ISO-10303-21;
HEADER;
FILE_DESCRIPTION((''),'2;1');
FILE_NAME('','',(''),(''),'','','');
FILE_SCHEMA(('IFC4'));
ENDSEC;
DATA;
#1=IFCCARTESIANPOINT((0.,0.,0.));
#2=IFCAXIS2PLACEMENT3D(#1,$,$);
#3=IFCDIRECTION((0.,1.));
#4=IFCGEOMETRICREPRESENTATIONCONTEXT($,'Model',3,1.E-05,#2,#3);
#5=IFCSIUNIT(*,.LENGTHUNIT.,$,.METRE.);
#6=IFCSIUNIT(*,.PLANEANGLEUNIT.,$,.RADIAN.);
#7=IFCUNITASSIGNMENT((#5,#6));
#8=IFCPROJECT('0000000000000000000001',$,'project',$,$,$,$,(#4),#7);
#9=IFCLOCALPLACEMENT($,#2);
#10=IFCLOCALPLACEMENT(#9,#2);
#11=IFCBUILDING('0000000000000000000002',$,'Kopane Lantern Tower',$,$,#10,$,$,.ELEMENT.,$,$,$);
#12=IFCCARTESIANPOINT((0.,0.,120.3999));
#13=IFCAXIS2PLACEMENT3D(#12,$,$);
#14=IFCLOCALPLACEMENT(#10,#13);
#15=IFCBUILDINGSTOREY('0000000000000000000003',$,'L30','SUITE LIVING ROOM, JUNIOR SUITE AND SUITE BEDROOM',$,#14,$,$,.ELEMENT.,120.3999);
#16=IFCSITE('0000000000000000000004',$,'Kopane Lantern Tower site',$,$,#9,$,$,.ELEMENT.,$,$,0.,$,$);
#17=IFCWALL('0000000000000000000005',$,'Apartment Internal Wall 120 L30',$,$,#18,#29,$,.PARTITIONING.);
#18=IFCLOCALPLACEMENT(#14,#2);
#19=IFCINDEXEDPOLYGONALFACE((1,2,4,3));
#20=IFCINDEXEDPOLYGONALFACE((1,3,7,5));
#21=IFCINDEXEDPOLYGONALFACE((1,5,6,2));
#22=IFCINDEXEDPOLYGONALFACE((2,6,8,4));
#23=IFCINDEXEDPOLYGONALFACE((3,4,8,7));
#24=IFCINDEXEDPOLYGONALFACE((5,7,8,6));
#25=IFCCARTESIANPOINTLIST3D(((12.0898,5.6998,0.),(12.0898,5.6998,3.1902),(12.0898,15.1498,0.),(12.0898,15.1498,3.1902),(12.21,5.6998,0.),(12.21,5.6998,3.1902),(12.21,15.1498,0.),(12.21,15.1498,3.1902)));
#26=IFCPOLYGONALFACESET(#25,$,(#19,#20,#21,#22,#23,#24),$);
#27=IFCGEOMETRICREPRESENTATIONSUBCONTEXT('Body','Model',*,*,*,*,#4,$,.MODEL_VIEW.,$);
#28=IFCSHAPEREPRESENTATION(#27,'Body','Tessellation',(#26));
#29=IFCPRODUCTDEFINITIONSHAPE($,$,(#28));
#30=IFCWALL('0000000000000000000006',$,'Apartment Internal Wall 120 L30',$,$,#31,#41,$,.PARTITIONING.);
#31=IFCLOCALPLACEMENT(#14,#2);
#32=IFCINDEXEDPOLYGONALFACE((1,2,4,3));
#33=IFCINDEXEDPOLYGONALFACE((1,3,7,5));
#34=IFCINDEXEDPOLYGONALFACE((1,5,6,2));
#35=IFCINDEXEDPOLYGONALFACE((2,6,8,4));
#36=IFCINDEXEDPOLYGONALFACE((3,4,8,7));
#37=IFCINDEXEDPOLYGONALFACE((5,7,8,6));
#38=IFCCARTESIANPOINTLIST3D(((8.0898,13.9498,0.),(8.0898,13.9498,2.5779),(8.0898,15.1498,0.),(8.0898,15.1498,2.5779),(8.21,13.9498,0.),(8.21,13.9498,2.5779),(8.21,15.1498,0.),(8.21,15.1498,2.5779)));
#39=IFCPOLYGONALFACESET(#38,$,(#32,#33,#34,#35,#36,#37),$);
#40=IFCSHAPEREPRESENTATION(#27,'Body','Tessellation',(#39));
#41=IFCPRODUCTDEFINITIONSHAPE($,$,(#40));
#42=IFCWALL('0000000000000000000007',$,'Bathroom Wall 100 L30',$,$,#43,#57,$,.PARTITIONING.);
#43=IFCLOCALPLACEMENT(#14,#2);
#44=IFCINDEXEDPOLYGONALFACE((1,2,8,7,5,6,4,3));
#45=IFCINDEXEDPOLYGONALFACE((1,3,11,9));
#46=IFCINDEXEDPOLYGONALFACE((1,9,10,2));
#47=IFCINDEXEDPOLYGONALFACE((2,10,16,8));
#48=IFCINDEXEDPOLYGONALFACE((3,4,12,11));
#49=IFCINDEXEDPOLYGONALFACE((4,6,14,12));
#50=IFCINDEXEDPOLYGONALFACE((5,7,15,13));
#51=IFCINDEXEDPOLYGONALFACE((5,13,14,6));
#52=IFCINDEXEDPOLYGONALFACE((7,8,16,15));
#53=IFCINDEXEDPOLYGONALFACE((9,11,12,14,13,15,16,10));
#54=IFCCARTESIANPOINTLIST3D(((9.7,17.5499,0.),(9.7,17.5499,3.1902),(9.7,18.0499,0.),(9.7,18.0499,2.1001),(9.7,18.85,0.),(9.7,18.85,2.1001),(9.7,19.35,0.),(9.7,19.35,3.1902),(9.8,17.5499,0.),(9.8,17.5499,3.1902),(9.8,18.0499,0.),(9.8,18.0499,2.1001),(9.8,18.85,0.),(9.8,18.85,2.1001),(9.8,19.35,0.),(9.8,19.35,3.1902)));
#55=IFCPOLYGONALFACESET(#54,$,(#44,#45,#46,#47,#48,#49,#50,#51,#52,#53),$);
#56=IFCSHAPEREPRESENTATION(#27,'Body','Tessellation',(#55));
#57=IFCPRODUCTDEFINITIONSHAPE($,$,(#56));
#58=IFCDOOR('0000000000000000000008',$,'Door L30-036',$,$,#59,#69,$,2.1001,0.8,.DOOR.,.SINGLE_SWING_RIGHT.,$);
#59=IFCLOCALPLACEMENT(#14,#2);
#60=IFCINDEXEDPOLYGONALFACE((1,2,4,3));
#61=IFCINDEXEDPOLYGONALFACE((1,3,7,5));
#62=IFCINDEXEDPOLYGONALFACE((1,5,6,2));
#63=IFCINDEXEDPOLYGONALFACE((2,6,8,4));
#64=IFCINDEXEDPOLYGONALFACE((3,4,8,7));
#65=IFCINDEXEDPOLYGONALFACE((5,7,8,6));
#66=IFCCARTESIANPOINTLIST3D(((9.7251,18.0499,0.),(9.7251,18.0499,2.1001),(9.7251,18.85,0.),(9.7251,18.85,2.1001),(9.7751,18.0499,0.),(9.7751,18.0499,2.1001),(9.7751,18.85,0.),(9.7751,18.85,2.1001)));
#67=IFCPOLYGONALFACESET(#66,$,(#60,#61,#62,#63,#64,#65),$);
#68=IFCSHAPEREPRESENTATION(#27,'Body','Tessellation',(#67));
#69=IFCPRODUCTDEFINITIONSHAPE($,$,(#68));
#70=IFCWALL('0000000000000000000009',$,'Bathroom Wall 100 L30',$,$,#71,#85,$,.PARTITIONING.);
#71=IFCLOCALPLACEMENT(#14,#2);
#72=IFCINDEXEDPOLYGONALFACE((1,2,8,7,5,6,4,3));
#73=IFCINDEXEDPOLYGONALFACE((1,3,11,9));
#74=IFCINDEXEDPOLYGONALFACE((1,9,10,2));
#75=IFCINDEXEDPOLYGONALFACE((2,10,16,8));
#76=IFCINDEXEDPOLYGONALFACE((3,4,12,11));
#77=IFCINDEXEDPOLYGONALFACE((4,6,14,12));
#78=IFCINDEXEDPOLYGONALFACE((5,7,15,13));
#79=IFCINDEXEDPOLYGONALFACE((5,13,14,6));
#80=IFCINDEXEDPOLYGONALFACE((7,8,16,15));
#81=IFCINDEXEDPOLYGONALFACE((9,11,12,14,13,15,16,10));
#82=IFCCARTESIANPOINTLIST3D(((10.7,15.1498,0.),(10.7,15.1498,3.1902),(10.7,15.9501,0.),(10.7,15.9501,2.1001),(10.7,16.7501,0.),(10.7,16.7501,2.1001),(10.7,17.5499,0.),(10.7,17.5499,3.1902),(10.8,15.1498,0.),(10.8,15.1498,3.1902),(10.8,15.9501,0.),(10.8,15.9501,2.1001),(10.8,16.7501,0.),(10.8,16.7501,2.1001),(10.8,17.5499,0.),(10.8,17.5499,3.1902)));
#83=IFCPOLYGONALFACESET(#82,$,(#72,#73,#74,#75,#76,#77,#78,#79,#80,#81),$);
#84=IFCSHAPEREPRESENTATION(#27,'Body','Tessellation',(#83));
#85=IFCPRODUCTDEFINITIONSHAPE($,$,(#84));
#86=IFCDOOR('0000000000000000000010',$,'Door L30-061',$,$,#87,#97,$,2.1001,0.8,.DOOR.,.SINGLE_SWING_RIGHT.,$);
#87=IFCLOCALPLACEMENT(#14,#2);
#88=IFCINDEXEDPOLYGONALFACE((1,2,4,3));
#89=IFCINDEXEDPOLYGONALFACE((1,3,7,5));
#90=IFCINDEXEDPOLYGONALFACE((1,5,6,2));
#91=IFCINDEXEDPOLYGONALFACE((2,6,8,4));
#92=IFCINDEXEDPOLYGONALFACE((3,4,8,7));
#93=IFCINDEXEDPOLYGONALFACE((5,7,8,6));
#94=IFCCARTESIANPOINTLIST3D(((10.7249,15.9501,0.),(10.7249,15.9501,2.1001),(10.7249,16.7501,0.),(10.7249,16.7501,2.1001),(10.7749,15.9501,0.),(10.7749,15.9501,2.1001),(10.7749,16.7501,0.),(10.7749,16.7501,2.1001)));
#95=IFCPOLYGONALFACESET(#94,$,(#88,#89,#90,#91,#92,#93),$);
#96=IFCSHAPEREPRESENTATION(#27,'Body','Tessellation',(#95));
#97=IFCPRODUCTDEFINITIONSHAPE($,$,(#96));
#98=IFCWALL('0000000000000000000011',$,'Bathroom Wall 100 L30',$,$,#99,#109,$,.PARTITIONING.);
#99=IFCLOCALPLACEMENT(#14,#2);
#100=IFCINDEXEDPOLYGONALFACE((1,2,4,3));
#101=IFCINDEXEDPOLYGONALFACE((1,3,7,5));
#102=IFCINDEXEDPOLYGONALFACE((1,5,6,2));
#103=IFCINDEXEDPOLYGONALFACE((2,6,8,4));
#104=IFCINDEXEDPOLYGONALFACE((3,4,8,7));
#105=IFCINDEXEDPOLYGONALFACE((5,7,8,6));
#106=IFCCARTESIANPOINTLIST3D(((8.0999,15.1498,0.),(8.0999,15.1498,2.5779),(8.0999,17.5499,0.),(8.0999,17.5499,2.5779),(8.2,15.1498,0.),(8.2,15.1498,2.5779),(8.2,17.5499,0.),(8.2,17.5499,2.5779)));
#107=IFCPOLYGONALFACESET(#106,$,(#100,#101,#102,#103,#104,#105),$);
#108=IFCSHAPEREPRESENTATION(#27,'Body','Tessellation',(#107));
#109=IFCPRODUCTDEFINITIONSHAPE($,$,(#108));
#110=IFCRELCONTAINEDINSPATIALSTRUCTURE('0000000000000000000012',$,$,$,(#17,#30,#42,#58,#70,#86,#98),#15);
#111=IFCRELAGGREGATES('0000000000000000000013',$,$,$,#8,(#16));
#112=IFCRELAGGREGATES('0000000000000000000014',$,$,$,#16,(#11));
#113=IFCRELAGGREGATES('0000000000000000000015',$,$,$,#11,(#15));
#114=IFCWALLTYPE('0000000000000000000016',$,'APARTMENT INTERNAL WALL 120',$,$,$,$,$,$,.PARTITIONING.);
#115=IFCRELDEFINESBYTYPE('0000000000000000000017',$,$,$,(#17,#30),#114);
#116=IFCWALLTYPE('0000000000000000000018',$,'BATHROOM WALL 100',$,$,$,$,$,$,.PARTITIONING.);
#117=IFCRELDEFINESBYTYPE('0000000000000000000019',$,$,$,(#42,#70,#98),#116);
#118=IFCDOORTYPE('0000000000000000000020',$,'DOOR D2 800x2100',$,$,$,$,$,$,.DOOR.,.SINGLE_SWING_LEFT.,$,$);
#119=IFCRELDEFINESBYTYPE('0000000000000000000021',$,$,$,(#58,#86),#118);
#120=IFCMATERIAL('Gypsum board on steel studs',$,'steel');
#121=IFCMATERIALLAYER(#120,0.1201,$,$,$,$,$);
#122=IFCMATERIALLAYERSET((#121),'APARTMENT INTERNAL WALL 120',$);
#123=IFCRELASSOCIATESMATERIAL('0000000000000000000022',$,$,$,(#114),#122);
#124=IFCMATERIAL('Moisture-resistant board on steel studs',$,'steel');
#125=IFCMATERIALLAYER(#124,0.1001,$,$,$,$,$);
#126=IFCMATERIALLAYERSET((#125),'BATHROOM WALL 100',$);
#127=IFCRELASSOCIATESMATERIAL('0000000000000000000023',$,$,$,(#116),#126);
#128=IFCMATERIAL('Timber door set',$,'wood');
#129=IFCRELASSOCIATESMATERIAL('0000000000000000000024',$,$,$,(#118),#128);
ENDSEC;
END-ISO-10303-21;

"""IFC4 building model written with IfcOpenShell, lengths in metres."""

from ifc_helpers import new_model, si_unit, direction, frame, frame_2d, origin, place, context, subcontext, project, spatial, rectangle, extrude, material, layer, layer_set, type_object, element, fill, save


model = new_model("IFC4")

# Units and contexts
model_context = context("Model", 3, precision=1e-05, world=origin(), true_north=direction((0.0, 1.0)))
body_context = subcontext(model_context, "Body", "Model", "MODEL_VIEW")
ifc_project = project(units=[si_unit("LENGTHUNIT", "METRE"), si_unit("PLANEANGLEUNIT", "RADIAN")], contexts=[model_context])

# Site, building, storey
site_placement = place(None, origin())
site = spatial("IfcSite", under=ifc_project, at=site_placement, Name="Kopane Lantern Tower site", CompositionType="ELEMENT", RefElevation=0.0)
building_placement = place(site_placement, origin())
building = spatial("IfcBuilding", under=site, at=building_placement, Name="Kopane Lantern Tower", CompositionType="ELEMENT")
storey_placement = place(building_placement, frame((0.0, 0.0, 120.3999)))
storey = spatial("IfcBuildingStorey", under=building, at=storey_placement, Name="L30", Description="SUITE LIVING ROOM, JUNIOR SUITE AND SUITE BEDROOM", CompositionType="ELEMENT", Elevation=120.3999)

# Walls
ifc_material_1 = material(Name="Gypsum board on steel studs", Category="steel")
ifc_layer_1 = layer(ifc_material_1, 0.1201)
ifc_layer_set_1 = layer_set([ifc_layer_1], Name="APARTMENT INTERNAL WALL 120")
wall_type_1 = type_object("IfcWallType", Name="APARTMENT INTERNAL WALL 120", PredefinedType="PARTITIONING", material=ifc_layer_set_1)
wall_1_placement = place(storey_placement, frame((12.1499, 15.1499, 0.0), z_axis=(0.0, 0.0, 1.0), x_axis=(0.0, -1.0, 0.0)))
element("IfcWall", 1, at=wall_1_placement, inside=storey, type_object=wall_type_1, Name="Apartment Internal Wall 120 L30", PredefinedType="PARTITIONING", context=body_context, shape_type="SweptSolid", body=[
    extrude(rectangle(XDim=9.45, YDim=0.1201, at=frame_2d((4.7251, 0.0))), origin(), (0.0, 0.0, 1.0), 3.1902),
])
wall_2_placement = place(storey_placement, frame((8.1499, 15.1499, 0.0), z_axis=(0.0, 0.0, 1.0), x_axis=(0.0, -1.0, 0.0)))
element("IfcWall", 2, at=wall_2_placement, inside=storey, type_object=wall_type_1, Name="Apartment Internal Wall 120 L30", PredefinedType="PARTITIONING", context=body_context, shape_type="SweptSolid", body=[
    extrude(rectangle(XDim=1.2, YDim=0.1201, at=frame_2d((0.6001, 0.0))), origin(), (0.0, 0.0, 1.0), 2.5779),
])

# Walls, openings, doors
ifc_material_2 = material(Name="Moisture-resistant board on steel studs", Category="steel")
ifc_layer_2 = layer(ifc_material_2, 0.1001)
ifc_layer_set_2 = layer_set([ifc_layer_2], Name="BATHROOM WALL 100")
wall_type_2 = type_object("IfcWallType", Name="BATHROOM WALL 100", PredefinedType="PARTITIONING", material=ifc_layer_set_2)
wall_3_placement = place(storey_placement, frame((9.75, 17.55, 0.0), z_axis=(0.0, 0.0, 1.0), x_axis=(0.0, 1.0, 0.0)))
wall_3 = element("IfcWall", 3, at=wall_3_placement, inside=storey, type_object=wall_type_2, Name="Bathroom Wall 100 L30", PredefinedType="PARTITIONING", context=body_context, shape_type="SweptSolid", body=[
    extrude(rectangle(XDim=1.8, YDim=0.1001, at=frame_2d((0.8999, 0.0))), origin(), (0.0, 0.0, 1.0), 3.1902),
])
opening_1_placement = place(wall_3_placement, frame((0.5, 0.0, 0.0)))
opening_1 = element("IfcOpeningElement", 4, at=opening_1_placement, cuts=wall_3, PredefinedType="OPENING", context=body_context, shape_type="SweptSolid", body=[
    extrude(rectangle(XDim=0.8, YDim=2.1001, at=frame_2d((0.3999, 1.05))), frame((0.0, 0.0601, 0.0), z_axis=(0.0, -1.0, 0.0), x_axis=(1.0, 0.0, 0.0)), (0.0, 0.0, 1.0), 0.1201),
])
ifc_material_3 = material(Name="Timber door set", Category="wood")
door_type_1 = type_object("IfcDoorType", Name="DOOR D2 800x2100", OperationType="SINGLE_SWING_LEFT", PredefinedType="DOOR", material=ifc_material_3)
door_1_placement = place(opening_1_placement, origin())
door_1 = element("IfcDoor", 5, at=door_1_placement, inside=storey, type_object=door_type_1, Name="Door L30-036", OperationType="SINGLE_SWING_RIGHT", OverallHeight=2.1001, OverallWidth=0.8, PredefinedType="DOOR", context=body_context, shape_type="SweptSolid", body=[
    extrude(rectangle(XDim=0.8, YDim=2.1001, at=frame_2d((0.3999, 1.05))), frame((0.0, 0.0249, 0.0), z_axis=(0.0, -1.0, 0.0), x_axis=(1.0, 0.0, 0.0)), (0.0, 0.0, 1.0), 0.05),
])
fill(opening_1, door_1)
wall_4_placement = place(storey_placement, frame((10.75, 17.55, 0.0), z_axis=(0.0, 0.0, 1.0), x_axis=(0.0, -1.0, 0.0)))
wall_4 = element("IfcWall", 6, at=wall_4_placement, inside=storey, type_object=wall_type_2, Name="Bathroom Wall 100 L30", PredefinedType="PARTITIONING", context=body_context, shape_type="SweptSolid", body=[
    extrude(rectangle(XDim=2.4001, YDim=0.1001, at=frame_2d((1.2002, 0.0))), origin(), (0.0, 0.0, 1.0), 3.1902),
])
opening_2_placement = place(wall_4_placement, frame((0.8, 0.0, 0.0)))
opening_2 = element("IfcOpeningElement", 7, at=opening_2_placement, cuts=wall_4, PredefinedType="OPENING", context=body_context, shape_type="SweptSolid", body=[
    extrude(rectangle(XDim=0.8, YDim=2.1001, at=frame_2d((0.3999, 1.05))), frame((0.0, 0.0601, 0.0), z_axis=(0.0, -1.0, 0.0), x_axis=(1.0, 0.0, 0.0)), (0.0, 0.0, 1.0), 0.1201),
])
door_2_placement = place(opening_2_placement, origin())
door_2 = element("IfcDoor", 8, at=door_2_placement, inside=storey, type_object=door_type_1, Name="Door L30-061", OperationType="SINGLE_SWING_RIGHT", OverallHeight=2.1001, OverallWidth=0.8, PredefinedType="DOOR", context=body_context, shape_type="SweptSolid", body=[
    extrude(rectangle(XDim=0.8, YDim=2.1001, at=frame_2d((0.3999, 1.05))), frame((0.0, 0.0249, 0.0), z_axis=(0.0, -1.0, 0.0), x_axis=(1.0, 0.0, 0.0)), (0.0, 0.0, 1.0), 0.05),
])
fill(opening_2, door_2)

# Wall
wall_5_placement = place(storey_placement, frame((8.1499, 17.55, 0.0), z_axis=(0.0, 0.0, 1.0), x_axis=(0.0, -1.0, 0.0)))
element("IfcWall", 9, at=wall_5_placement, inside=storey, type_object=wall_type_2, Name="Bathroom Wall 100 L30", PredefinedType="PARTITIONING", context=body_context, shape_type="SweptSolid", body=[
    extrude(rectangle(XDim=2.4001, YDim=0.1001, at=frame_2d((1.2002, 0.0))), origin(), (0.0, 0.0, 1.0), 2.5779),
])

save(model, "model.ifc")
